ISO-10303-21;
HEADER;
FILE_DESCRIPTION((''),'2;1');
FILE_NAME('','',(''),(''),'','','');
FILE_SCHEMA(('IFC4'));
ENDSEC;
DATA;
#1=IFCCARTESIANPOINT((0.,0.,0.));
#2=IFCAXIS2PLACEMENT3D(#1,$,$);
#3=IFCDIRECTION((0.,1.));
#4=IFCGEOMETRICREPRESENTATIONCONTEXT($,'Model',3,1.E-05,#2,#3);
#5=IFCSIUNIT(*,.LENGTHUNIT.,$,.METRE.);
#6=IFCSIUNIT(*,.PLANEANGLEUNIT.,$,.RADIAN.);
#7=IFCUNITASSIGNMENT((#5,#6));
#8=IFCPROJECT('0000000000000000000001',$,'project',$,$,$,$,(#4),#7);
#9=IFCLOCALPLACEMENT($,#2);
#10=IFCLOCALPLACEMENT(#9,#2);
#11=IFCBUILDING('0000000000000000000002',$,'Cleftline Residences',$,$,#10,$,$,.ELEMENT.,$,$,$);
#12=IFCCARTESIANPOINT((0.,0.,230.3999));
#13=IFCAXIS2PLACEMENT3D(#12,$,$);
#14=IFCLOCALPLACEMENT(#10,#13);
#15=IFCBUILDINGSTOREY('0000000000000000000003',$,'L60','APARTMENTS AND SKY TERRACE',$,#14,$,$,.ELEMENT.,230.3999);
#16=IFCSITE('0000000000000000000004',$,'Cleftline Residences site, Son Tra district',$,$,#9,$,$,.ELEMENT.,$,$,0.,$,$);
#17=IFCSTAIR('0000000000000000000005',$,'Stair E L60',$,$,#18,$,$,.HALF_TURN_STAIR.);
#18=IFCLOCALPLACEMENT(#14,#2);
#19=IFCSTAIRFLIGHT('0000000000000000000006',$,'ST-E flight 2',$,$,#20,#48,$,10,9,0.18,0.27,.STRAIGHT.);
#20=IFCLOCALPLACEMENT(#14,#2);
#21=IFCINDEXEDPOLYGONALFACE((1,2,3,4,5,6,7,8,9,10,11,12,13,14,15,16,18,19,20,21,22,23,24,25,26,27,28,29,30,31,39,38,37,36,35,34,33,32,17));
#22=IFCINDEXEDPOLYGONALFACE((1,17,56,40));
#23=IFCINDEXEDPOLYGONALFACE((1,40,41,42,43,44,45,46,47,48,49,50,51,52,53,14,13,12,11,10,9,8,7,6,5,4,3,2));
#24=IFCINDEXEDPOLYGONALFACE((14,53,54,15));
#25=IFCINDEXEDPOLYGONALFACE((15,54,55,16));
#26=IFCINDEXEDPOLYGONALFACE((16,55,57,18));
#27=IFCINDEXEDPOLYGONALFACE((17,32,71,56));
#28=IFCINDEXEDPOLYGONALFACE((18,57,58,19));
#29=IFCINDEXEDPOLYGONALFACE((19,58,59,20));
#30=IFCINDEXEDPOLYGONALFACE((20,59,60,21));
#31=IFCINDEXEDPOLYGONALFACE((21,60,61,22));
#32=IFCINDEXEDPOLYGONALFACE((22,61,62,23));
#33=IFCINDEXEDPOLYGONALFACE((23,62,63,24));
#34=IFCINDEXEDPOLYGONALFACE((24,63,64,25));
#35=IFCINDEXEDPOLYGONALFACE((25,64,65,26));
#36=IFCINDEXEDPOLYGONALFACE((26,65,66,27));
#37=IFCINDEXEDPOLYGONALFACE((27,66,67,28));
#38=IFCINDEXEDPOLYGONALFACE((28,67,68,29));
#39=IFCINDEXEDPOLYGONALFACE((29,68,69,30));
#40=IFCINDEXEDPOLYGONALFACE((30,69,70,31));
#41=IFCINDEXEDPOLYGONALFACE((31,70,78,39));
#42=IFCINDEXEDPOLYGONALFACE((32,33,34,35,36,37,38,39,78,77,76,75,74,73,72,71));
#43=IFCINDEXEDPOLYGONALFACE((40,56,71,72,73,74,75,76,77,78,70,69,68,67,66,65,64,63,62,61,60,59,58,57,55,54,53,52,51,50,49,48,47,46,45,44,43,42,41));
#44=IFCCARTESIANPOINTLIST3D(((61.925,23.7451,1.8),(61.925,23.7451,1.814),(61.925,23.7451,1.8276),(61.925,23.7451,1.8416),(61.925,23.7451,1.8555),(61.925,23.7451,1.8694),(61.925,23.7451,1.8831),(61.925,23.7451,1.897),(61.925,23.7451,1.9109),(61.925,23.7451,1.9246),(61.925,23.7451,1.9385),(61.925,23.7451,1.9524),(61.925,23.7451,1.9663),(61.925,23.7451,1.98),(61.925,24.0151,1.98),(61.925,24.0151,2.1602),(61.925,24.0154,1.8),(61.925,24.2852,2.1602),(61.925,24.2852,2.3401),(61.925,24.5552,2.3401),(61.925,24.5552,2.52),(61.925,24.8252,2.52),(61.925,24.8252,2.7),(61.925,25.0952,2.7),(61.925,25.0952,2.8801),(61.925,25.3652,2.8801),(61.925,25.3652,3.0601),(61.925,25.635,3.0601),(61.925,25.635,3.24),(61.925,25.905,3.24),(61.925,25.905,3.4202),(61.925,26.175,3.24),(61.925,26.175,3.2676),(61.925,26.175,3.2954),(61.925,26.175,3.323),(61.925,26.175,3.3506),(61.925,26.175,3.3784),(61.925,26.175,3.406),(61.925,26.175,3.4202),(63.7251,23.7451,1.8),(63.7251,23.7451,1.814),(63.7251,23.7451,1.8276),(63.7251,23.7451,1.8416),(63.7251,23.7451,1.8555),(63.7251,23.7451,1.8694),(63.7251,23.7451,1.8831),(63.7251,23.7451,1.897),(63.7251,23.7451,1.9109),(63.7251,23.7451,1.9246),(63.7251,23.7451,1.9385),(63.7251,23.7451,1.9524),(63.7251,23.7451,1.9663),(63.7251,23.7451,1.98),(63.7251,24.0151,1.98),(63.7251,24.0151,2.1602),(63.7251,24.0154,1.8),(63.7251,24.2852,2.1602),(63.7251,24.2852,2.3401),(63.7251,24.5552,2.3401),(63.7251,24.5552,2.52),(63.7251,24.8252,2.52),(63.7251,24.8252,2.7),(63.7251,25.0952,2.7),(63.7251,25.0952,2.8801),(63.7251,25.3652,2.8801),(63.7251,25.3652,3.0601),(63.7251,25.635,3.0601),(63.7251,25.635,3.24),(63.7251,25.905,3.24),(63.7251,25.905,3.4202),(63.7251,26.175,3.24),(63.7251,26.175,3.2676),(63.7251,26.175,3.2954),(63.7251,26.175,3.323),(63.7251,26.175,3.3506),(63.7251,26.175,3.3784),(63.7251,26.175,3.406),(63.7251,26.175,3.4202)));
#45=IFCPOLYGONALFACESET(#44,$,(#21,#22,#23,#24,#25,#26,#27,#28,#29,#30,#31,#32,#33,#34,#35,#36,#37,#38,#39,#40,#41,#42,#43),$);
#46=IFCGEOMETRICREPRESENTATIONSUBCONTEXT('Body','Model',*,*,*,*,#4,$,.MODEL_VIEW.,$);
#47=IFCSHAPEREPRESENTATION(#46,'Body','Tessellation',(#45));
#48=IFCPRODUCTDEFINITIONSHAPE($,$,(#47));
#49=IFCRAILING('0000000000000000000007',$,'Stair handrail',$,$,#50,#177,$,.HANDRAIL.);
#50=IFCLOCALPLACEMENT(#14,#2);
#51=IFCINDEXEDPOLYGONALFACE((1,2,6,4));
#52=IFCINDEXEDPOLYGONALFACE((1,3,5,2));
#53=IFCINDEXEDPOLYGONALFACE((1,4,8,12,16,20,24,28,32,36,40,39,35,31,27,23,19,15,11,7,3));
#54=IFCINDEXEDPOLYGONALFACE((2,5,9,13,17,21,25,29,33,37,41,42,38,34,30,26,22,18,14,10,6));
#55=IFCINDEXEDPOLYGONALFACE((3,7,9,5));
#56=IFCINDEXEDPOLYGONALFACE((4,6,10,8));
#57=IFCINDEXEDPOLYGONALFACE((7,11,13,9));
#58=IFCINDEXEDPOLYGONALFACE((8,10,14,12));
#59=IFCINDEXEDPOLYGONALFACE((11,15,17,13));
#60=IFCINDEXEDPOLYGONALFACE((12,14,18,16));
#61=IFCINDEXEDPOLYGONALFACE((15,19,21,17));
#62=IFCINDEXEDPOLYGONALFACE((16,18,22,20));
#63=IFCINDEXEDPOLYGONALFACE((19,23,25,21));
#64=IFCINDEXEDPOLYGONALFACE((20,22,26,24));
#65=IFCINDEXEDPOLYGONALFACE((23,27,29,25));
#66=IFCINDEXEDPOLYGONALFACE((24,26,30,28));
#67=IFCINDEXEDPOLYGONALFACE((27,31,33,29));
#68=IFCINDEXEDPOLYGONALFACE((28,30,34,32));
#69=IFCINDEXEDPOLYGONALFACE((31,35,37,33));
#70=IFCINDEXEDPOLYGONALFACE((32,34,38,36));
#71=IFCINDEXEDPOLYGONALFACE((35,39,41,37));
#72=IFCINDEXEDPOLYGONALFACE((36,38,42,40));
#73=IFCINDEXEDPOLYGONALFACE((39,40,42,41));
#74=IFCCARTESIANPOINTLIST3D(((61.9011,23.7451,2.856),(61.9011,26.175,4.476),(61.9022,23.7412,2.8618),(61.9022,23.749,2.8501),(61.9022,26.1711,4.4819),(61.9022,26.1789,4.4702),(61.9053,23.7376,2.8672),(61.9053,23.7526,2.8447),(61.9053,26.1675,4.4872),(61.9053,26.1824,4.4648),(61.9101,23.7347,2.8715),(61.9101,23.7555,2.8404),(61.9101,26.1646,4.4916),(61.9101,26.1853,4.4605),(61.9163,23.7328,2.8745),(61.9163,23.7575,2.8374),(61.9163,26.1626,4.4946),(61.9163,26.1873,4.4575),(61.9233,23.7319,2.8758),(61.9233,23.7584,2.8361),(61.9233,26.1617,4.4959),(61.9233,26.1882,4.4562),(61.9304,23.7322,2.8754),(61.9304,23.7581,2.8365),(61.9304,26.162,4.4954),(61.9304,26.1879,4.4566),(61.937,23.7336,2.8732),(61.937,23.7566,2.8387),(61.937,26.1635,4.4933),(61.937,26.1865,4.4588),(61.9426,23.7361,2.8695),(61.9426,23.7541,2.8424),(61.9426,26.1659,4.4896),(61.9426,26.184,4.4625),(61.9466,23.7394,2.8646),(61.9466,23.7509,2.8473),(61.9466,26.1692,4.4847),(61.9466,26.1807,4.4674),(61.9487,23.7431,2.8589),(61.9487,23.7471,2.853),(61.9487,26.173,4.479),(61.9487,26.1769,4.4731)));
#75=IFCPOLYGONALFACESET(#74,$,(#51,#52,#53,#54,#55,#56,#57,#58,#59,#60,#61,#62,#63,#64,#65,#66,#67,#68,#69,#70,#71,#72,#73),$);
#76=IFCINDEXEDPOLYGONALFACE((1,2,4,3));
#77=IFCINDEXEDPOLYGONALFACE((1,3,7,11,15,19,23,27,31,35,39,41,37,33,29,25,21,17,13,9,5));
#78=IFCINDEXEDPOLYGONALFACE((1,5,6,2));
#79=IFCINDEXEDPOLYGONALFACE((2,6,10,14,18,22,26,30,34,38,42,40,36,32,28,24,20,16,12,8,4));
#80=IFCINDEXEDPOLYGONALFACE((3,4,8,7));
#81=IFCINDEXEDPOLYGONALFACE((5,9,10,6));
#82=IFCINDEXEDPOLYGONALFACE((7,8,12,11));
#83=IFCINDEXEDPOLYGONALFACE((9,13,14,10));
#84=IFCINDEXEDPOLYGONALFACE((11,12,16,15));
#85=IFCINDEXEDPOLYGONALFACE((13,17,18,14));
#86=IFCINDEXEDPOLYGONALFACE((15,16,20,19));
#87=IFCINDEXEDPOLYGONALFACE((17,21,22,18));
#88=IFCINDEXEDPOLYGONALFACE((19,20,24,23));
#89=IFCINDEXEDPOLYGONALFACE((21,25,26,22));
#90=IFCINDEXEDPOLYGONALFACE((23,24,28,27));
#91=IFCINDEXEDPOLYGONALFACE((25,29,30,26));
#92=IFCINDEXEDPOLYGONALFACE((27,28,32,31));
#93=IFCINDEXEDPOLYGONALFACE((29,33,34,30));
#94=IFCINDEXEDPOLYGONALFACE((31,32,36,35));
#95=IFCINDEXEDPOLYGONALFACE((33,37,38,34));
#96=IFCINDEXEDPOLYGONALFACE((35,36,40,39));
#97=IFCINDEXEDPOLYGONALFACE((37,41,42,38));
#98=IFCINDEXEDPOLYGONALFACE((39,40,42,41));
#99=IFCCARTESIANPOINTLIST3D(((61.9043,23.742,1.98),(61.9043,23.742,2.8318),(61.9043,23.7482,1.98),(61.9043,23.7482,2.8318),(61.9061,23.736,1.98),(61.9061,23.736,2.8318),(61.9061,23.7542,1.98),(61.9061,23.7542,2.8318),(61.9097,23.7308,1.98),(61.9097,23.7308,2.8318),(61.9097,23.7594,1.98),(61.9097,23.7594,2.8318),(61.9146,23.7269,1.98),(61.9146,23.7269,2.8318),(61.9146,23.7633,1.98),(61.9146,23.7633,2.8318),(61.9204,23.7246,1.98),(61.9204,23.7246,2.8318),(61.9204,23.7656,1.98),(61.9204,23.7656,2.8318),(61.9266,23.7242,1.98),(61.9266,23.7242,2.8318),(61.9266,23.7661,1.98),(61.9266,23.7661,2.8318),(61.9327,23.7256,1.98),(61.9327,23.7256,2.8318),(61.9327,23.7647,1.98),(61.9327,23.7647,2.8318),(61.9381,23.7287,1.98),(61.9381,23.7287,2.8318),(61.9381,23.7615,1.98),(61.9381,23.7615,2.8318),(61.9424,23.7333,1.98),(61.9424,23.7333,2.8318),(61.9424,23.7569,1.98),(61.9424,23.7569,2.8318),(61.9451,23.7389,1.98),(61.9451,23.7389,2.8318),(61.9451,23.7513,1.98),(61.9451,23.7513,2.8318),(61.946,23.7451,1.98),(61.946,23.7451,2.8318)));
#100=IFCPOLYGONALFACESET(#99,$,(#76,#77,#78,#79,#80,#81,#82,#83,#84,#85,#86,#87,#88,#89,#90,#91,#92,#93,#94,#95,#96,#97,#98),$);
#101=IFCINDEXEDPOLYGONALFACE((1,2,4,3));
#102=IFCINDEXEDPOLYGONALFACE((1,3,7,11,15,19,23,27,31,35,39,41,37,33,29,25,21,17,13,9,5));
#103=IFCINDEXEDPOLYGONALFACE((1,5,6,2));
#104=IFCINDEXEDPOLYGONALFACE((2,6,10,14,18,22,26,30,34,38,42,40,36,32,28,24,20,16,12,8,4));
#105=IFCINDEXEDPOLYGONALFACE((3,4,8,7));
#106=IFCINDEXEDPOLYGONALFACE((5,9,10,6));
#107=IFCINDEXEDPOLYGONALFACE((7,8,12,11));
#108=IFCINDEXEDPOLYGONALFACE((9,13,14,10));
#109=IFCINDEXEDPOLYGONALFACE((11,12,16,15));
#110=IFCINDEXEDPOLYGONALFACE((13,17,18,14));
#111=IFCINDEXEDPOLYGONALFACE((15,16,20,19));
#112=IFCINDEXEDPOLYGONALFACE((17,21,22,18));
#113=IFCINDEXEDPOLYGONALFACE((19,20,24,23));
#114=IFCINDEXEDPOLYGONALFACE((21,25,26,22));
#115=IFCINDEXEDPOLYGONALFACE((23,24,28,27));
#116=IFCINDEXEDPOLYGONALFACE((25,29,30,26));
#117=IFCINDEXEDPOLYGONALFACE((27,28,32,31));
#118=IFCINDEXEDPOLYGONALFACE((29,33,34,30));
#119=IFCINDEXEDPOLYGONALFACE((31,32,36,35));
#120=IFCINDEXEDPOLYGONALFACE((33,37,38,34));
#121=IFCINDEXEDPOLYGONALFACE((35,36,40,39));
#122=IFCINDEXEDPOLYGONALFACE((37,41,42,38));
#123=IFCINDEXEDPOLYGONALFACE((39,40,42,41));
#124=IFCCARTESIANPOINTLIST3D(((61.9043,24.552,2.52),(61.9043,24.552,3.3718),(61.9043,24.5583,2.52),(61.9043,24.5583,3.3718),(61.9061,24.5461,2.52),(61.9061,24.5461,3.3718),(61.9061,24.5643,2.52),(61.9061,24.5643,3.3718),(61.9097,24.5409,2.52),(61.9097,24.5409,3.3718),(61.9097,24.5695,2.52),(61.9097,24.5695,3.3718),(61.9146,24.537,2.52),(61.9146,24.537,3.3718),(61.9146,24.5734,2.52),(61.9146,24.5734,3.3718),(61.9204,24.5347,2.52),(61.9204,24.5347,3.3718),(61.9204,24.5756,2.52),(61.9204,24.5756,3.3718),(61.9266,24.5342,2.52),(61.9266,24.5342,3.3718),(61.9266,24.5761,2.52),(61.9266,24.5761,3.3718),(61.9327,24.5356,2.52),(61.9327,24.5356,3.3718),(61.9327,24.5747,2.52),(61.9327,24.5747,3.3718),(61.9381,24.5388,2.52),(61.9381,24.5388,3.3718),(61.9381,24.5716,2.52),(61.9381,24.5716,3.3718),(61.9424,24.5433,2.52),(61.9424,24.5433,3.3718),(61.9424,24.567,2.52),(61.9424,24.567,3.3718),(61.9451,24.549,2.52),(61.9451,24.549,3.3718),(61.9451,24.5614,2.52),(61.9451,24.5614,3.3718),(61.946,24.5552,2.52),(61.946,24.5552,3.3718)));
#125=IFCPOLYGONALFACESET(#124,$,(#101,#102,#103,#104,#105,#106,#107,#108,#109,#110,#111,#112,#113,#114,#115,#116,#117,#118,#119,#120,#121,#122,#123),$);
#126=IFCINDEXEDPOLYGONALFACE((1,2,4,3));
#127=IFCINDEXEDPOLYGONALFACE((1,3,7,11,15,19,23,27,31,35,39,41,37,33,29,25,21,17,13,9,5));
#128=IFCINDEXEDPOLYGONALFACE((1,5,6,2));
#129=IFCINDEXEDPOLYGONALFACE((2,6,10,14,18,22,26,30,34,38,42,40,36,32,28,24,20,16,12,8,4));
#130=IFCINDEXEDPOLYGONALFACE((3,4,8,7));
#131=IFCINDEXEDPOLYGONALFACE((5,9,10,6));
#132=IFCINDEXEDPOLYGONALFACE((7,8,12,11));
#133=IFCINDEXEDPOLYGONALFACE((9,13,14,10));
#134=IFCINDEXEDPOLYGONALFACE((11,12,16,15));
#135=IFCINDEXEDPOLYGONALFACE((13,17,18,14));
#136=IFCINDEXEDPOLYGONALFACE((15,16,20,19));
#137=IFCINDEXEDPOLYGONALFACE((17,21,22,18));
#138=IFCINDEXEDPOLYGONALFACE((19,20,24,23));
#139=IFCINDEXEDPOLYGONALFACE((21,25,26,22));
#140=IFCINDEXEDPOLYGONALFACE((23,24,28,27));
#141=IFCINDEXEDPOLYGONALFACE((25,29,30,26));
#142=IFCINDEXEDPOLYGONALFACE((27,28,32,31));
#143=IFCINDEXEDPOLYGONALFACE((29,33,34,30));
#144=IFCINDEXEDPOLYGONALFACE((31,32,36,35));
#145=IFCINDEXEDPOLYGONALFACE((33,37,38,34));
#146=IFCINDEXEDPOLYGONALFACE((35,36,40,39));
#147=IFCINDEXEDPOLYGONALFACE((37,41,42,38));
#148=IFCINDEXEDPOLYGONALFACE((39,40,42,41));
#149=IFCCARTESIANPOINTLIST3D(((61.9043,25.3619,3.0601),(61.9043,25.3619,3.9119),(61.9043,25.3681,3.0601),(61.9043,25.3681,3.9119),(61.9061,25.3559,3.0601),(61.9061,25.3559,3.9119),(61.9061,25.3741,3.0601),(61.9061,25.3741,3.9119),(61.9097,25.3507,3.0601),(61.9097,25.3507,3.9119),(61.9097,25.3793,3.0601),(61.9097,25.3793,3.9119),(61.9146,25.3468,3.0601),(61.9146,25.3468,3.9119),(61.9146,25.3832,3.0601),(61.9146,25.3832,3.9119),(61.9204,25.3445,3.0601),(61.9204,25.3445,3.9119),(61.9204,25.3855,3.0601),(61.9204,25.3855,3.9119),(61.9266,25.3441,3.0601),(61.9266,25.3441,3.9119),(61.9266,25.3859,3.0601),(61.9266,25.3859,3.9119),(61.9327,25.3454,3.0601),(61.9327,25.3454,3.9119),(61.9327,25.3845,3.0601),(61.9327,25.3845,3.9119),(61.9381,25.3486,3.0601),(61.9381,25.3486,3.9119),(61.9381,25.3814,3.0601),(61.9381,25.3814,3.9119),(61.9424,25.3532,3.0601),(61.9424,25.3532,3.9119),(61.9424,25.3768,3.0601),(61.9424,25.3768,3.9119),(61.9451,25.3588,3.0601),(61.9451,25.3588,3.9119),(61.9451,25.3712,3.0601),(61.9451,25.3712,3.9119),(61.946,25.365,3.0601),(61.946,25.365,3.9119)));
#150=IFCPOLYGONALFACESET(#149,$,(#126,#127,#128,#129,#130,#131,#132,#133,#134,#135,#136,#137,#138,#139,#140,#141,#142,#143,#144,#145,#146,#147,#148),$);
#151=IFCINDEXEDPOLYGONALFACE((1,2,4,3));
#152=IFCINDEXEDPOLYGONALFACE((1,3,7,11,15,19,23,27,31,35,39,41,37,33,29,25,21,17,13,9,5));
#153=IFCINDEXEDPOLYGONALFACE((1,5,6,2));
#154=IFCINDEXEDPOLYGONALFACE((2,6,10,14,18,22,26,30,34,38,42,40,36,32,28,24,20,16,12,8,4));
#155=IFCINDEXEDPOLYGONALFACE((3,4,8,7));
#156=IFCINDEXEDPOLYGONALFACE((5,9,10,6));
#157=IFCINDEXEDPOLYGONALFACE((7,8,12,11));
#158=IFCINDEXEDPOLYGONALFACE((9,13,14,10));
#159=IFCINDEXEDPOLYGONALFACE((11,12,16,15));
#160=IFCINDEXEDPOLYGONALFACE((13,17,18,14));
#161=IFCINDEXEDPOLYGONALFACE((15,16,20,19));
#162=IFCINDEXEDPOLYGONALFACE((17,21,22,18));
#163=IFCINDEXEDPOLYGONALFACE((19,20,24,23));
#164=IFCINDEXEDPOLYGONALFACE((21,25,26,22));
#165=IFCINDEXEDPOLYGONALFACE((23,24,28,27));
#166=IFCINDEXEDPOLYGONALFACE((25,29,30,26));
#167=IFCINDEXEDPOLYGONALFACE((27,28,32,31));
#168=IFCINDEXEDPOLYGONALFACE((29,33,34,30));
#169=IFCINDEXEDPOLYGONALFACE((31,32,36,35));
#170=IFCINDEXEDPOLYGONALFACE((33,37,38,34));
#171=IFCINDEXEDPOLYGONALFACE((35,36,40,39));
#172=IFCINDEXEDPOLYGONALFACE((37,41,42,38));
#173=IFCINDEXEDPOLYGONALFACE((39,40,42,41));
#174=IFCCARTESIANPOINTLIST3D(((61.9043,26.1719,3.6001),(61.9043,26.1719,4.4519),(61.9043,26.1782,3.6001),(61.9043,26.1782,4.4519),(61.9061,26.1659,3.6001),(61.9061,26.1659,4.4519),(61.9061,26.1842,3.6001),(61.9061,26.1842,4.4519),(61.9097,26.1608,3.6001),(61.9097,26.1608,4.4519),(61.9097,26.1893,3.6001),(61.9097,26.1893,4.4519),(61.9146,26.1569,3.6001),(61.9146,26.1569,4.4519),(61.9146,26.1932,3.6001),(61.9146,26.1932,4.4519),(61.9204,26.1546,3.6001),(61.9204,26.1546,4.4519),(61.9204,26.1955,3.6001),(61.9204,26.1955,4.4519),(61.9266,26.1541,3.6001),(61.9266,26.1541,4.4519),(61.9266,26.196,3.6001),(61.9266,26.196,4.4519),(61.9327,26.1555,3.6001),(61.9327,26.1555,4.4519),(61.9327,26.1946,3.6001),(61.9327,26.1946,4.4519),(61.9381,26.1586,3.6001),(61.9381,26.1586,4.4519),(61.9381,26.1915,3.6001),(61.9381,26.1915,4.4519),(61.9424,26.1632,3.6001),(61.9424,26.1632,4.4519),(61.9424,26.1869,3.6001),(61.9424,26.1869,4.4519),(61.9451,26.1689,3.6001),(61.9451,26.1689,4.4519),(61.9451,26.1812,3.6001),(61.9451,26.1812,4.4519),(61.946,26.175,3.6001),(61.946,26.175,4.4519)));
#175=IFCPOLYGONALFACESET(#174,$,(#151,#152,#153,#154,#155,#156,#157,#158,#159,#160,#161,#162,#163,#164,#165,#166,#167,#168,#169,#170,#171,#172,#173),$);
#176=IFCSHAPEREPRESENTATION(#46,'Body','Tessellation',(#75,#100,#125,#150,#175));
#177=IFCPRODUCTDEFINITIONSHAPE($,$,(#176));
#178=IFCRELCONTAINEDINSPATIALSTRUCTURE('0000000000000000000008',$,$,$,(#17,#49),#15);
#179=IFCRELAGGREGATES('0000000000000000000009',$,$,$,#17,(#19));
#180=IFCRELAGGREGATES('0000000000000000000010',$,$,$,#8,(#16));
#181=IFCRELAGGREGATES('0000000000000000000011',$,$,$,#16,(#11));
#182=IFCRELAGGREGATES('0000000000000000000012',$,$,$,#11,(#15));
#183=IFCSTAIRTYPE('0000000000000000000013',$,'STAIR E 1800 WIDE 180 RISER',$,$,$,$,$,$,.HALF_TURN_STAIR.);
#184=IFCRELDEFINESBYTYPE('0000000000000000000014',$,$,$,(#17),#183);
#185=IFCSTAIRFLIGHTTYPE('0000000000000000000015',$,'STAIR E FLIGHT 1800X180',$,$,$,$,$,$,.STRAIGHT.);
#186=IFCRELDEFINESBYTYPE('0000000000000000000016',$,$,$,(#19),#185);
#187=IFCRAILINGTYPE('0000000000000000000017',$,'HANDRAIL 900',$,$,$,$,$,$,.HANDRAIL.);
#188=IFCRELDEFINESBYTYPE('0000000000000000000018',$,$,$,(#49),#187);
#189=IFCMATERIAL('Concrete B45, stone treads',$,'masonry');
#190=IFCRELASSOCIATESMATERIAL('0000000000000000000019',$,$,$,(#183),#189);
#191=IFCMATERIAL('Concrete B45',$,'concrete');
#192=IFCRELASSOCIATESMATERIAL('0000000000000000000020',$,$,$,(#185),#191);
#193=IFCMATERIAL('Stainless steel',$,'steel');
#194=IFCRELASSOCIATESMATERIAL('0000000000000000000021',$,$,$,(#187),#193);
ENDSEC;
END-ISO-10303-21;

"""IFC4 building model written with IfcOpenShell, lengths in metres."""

from ifc_helpers import new_model, si_unit, direction, frame, origin, origin_2d, place, context, subcontext, project, spatial, polyline, circle, outline, extrude, material, type_object, element, aggregate, save


model = new_model("IFC4")

# Units and contexts
model_context = context("Model", 3, precision=1e-05, world=origin(), true_north=direction((0.0, 1.0)))
body_context = subcontext(model_context, "Body", "Model", "MODEL_VIEW")
ifc_project = project(units=[si_unit("LENGTHUNIT", "METRE"), si_unit("PLANEANGLEUNIT", "RADIAN")], contexts=[model_context])

# Site, building, storey
site_placement = place(None, origin())
site = spatial("IfcSite", under=ifc_project, at=site_placement, Name="Cleftline Residences site, Son Tra district", CompositionType="ELEMENT", RefElevation=0.0)
building_placement = place(site_placement, origin())
building = spatial("IfcBuilding", under=site, at=building_placement, Name="Cleftline Residences", CompositionType="ELEMENT")
storey_placement = place(building_placement, frame((0.0, 0.0, 230.3999)))
storey = spatial("IfcBuildingStorey", under=building, at=storey_placement, Name="L60", Description="APARTMENTS AND SKY TERRACE", CompositionType="ELEMENT", Elevation=230.3999)

# Stair, stair flight
ifc_material_1 = material(Name="Concrete B45, stone treads", Category="masonry")
stair_type = type_object("IfcStairType", Name="STAIR E 1800 WIDE 180 RISER", PredefinedType="HALF_TURN_STAIR", material=ifc_material_1)
stair_placement = place(storey_placement, origin())
stair = element("IfcStair", 1, at=stair_placement, inside=storey, type_object=stair_type, Name="Stair E L60", PredefinedType="HALF_TURN_STAIR")
ifc_material_2 = material(Name="Concrete B45", Category="concrete")
stair_flight_type = type_object("IfcStairFlightType", Name="STAIR E FLIGHT 1800X180", PredefinedType="STRAIGHT", material=ifc_material_2)
stair_flight_placement = place(storey_placement, frame((62.825, 23.7451, 1.8), z_axis=(0.0, 0.0, 1.0), x_axis=(0.0, 1.0, 0.0)))
stair_flight = element("IfcStairFlight", 2, at=stair_flight_placement, type_object=stair_flight_type, Name="ST-E flight 2", NumberOfRisers=10, NumberOfTreads=9, PredefinedType="STRAIGHT", RiserHeight=0.18, TreadLength=0.27, context=body_context, shape_type="SweptSolid", body=[
    extrude(outline(polyline([(0.0, 0.0), (0.0, 0.0139), (0.0, 0.0276), (0.0, 0.0415), (0.0, 0.0554), (0.0, 0.0693), (0.0, 0.083), (0.0, 0.0969), (0.0, 0.1108), (0.0, 0.1245), (0.0, 0.1384), (0.0, 0.1523), (0.0, 0.1663), (0.0, 0.1799), (0.27, 0.1799), (0.27, 0.3601), (0.54, 0.3601), (0.54, 0.54), (0.8101, 0.54), (0.8101, 0.72), (1.0801, 0.72), (1.0801, 0.8999), (1.3501, 0.8999), (1.3501, 1.0801), (1.6201, 1.0801), (1.6201, 1.26), (1.8899, 1.26), (1.8899, 1.4399), (2.1599, 1.4399), (2.1599, 1.6201), (2.4299, 1.6201), (2.4299, 1.8), (2.4299, 1.7722), (2.4299, 1.7446), (2.4299, 1.7168), (2.4299, 1.6892), (2.4299, 1.6614), (2.4299, 1.6338), (2.4299, 1.606), (2.4299, 1.5784), (2.4299, 1.5505), (2.4299, 1.5229), (2.4299, 1.4954), (2.4299, 1.4675), (2.4299, 1.4399), (0.2703, 0.0), (0.0, 0.0)])), frame((0.0, 0.8999, 0.0), z_axis=(0.0, -1.0, 0.0), x_axis=(1.0, 0.0, 0.0)), (0.0, 0.0, 1.0), 1.8),
])
aggregate(stair, [stair_flight])

# Railing
ifc_material_3 = material(Name="Stainless steel", Category="steel")
railing_type = type_object("IfcRailingType", Name="HANDRAIL 900", PredefinedType="HANDRAIL", material=ifc_material_3)
railing_placement = place(storey_placement, frame((61.925, 23.7451, 1.98)))
element("IfcRailing", 3, at=railing_placement, inside=storey, type_object=railing_type, Name="Stair handrail", PredefinedType="HANDRAIL", context=body_context, shape_type="SweptSolid", body=[
    extrude(circle(Radius=0.0239, at=origin_2d()), frame((0.0, 0.0, 0.876), z_axis=(0.0, 0.832025, 0.554739), x_axis=(-1.0, 0.0, 0.0)), (0.0, 0.0, 1.0), 2.9204),
    extrude(circle(Radius=0.021, at=origin_2d()), origin(), (0.0, 0.0, 1.0), 0.8518),
    extrude(circle(Radius=0.021, at=origin_2d()), frame((0.0, 0.8101, 0.54)), (0.0, 0.0, 1.0), 0.8518),
    extrude(circle(Radius=0.021, at=origin_2d()), frame((0.0, 1.6199, 1.0801)), (0.0, 0.0, 1.0), 0.8518),
    extrude(circle(Radius=0.021, at=origin_2d()), frame((0.0, 2.4299, 1.6201)), (0.0, 0.0, 1.0), 0.8518),
])

save(model, "model.ifc")
